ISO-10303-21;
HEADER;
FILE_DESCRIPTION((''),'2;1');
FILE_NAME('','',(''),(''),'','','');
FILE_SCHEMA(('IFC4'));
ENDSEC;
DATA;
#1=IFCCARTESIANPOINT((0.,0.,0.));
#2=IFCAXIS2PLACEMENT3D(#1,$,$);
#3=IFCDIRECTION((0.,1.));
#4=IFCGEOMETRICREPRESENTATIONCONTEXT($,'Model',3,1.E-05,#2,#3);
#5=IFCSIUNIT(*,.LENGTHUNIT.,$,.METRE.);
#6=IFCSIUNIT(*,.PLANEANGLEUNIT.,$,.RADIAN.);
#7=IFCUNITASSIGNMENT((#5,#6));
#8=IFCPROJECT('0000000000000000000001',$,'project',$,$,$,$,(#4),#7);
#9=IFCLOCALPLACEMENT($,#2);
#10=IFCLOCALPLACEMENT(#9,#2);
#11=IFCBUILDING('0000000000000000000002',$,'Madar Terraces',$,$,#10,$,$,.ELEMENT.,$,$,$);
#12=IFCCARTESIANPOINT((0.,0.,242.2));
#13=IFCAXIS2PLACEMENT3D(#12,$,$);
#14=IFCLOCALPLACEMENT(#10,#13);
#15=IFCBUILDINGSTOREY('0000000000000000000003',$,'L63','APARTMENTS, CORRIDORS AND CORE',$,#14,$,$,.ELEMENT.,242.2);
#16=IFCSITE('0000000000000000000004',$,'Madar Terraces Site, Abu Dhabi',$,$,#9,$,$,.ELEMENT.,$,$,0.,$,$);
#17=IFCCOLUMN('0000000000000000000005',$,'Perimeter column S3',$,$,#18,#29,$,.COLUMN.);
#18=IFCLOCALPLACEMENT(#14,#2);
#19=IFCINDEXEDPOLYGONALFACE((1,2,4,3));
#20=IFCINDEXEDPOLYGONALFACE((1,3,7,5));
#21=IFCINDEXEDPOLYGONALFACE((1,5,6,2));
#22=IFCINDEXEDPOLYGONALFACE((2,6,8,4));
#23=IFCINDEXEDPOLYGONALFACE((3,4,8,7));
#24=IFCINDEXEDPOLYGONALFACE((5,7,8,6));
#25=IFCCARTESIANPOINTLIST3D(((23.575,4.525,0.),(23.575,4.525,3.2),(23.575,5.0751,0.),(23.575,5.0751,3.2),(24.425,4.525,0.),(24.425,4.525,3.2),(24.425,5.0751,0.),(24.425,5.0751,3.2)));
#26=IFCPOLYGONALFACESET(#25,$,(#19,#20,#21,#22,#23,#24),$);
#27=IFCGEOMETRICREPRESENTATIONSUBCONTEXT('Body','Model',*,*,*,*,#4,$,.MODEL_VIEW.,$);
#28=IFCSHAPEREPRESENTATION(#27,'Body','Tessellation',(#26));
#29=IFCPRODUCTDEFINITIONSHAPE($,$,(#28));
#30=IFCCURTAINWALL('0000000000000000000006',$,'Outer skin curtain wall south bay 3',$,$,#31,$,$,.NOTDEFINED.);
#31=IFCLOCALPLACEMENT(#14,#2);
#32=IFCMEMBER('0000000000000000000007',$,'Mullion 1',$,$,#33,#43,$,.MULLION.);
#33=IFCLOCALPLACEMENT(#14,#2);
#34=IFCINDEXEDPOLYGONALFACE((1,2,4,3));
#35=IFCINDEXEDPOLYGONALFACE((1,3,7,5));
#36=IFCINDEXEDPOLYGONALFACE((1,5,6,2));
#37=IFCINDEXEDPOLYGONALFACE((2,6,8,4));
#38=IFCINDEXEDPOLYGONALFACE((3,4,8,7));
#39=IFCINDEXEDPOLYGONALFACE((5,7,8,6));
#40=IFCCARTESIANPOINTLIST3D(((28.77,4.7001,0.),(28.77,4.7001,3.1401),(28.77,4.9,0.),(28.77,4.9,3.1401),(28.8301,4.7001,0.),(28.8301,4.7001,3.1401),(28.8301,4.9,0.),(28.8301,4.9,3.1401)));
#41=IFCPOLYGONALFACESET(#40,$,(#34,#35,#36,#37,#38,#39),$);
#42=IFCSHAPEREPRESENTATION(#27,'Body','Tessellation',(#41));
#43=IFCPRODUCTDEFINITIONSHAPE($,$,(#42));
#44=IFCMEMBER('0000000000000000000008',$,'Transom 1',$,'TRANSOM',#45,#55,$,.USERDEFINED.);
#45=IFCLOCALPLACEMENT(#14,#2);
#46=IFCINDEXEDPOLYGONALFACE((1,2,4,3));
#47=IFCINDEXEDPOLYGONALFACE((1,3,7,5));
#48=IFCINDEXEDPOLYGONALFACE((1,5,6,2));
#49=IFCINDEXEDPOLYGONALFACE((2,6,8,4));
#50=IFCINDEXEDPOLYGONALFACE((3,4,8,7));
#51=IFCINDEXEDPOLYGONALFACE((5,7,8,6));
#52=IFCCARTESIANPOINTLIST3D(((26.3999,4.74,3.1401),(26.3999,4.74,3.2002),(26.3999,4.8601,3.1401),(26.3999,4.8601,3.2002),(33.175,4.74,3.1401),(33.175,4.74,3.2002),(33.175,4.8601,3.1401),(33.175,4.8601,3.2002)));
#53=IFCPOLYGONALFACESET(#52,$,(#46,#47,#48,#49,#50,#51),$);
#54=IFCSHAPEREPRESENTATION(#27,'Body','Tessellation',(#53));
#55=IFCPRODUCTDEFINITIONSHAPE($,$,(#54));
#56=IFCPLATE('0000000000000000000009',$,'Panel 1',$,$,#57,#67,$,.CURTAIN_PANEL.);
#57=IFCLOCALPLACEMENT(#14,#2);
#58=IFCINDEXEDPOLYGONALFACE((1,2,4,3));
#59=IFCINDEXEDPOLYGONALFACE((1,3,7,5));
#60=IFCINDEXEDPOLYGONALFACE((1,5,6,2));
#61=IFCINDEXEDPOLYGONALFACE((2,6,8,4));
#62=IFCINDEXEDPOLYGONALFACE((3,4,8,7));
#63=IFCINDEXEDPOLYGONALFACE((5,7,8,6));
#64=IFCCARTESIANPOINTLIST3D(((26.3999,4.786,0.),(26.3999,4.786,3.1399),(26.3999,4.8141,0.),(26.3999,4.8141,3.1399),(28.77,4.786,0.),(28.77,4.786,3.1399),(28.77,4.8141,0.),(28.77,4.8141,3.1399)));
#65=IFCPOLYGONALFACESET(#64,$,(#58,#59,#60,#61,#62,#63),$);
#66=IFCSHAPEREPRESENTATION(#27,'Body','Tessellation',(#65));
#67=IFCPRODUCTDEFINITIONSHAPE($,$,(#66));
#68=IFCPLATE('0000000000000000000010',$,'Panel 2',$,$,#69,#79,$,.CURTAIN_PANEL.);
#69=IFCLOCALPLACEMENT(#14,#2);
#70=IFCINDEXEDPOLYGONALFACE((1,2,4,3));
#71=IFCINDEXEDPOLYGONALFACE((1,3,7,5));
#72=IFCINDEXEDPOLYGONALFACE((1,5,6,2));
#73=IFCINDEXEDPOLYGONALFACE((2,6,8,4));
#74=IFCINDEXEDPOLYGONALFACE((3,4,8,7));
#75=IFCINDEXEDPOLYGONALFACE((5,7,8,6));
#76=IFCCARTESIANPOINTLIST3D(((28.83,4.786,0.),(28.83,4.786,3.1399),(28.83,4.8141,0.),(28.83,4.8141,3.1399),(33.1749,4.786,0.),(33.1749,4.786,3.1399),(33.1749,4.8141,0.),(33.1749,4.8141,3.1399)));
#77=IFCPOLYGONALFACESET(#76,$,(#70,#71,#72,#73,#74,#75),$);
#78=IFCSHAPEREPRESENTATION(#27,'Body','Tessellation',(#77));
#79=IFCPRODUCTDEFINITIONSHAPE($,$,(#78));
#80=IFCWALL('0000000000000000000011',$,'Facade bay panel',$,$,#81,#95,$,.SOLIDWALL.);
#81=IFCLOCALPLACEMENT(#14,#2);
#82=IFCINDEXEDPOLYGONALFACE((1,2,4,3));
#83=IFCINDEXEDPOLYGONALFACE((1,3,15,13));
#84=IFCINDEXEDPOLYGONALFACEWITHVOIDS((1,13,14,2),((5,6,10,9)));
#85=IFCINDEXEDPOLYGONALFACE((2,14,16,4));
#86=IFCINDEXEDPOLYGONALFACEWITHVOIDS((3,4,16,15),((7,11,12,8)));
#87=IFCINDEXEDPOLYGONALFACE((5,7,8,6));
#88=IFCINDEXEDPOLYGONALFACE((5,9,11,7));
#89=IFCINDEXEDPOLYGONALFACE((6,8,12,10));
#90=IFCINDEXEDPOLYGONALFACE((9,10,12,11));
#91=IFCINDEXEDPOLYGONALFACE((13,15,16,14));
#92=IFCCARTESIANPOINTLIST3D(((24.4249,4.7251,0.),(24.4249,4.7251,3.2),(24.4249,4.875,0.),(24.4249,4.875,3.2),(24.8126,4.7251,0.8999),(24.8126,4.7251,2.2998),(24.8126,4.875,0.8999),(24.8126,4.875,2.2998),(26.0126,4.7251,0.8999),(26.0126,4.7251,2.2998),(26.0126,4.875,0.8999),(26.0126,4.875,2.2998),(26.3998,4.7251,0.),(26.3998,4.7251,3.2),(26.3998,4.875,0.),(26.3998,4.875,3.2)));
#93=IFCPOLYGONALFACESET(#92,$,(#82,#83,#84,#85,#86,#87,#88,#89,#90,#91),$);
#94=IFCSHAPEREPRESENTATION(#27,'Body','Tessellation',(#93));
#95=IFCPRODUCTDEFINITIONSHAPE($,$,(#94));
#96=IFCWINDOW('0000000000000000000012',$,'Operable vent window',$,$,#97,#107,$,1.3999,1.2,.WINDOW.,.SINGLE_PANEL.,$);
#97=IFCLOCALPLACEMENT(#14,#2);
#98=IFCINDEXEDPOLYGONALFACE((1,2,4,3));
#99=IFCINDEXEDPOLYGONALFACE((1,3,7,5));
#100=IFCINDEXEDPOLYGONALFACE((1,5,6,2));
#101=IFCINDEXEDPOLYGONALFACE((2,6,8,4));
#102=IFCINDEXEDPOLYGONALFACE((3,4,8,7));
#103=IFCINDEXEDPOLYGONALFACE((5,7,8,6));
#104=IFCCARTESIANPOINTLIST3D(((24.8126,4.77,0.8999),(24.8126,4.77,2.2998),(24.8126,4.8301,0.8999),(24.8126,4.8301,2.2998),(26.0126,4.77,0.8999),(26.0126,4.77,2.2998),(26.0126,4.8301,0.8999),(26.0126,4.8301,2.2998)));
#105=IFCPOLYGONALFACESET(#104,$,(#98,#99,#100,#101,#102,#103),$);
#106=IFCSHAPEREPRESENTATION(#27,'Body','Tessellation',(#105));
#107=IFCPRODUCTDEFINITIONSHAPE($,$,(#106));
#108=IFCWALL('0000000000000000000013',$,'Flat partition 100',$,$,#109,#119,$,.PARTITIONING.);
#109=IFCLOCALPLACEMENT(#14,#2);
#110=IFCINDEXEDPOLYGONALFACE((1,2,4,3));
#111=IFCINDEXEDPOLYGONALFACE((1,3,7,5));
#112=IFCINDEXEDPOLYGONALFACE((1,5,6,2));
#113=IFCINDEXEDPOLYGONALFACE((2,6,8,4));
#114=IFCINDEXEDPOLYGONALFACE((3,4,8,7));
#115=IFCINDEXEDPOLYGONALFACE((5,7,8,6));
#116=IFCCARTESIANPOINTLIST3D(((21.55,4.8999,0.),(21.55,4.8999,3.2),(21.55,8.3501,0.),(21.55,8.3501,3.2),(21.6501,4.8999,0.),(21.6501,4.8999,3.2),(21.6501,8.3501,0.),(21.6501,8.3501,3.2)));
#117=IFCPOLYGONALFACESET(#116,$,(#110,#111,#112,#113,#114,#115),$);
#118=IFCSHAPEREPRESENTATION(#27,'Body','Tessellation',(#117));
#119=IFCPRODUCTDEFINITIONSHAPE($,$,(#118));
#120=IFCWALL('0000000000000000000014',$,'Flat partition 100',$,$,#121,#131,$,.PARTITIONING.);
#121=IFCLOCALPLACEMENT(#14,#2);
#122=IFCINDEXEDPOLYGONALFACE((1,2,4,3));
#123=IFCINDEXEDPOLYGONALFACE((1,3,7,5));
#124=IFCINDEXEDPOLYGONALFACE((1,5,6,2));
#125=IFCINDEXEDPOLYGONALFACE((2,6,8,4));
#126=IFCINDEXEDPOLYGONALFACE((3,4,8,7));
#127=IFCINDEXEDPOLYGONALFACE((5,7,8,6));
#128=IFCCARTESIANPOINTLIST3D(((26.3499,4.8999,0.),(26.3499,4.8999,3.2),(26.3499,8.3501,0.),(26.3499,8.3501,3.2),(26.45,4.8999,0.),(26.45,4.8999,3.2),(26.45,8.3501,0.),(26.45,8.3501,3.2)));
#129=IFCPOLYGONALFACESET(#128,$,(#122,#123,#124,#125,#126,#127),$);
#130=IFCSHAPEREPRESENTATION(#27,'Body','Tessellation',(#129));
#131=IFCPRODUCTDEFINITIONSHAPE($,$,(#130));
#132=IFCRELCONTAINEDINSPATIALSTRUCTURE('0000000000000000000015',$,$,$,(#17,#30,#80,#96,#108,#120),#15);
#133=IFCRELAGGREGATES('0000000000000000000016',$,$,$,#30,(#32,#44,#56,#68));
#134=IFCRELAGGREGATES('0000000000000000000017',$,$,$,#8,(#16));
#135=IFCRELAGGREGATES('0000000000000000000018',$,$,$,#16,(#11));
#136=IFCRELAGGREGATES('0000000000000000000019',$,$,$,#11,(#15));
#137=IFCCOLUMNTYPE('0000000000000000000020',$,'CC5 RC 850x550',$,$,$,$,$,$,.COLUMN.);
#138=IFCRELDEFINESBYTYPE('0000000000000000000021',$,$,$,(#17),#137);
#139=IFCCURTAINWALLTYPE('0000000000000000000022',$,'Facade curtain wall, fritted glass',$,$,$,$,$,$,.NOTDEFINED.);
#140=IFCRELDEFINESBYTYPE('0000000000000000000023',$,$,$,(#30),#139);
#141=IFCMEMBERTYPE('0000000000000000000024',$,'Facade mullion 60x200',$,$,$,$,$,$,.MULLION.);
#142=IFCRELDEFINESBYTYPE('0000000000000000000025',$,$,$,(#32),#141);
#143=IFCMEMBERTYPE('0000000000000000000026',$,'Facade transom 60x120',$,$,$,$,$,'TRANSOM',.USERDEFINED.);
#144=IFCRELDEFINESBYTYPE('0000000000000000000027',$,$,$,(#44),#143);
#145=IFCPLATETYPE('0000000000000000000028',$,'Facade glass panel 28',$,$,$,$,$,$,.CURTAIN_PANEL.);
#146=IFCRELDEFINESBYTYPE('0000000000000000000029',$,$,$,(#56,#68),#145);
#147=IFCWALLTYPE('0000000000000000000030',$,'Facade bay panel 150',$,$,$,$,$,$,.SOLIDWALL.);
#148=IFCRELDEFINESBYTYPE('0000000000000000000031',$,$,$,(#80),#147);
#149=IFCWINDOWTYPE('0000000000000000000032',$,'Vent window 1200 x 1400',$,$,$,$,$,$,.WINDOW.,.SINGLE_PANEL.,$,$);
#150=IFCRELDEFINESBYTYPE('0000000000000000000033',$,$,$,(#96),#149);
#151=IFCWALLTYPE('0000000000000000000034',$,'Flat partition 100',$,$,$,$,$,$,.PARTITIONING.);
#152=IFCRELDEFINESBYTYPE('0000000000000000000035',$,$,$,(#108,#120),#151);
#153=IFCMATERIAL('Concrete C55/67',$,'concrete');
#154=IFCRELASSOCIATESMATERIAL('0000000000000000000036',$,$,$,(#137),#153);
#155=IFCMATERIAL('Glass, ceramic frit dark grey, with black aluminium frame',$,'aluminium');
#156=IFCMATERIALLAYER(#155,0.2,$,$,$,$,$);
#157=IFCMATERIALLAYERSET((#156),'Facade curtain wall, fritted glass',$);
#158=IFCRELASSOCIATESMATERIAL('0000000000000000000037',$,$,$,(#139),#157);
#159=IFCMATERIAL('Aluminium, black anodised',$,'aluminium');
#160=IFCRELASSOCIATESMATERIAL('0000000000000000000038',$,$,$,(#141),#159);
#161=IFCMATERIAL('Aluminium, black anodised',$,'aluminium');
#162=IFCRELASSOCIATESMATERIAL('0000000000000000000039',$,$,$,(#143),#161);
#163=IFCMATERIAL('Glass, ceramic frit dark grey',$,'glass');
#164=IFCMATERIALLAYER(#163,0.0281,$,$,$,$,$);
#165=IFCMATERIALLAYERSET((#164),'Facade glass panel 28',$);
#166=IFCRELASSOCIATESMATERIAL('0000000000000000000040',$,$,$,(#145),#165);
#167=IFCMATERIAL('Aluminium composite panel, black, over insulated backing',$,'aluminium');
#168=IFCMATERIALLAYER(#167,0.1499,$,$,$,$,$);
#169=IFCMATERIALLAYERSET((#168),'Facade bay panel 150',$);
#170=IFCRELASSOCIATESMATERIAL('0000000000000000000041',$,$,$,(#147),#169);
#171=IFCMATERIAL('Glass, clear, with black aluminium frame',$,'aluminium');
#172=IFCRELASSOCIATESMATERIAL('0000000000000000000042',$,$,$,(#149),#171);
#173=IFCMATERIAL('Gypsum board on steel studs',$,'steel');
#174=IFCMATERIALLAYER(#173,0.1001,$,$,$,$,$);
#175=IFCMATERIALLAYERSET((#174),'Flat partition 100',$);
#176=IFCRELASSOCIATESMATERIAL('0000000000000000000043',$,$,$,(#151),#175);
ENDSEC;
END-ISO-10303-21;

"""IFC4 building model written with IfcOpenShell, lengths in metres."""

from ifc_helpers import new_model, si_unit, direction, frame, frame_2d, origin, origin_2d, place, context, subcontext, project, spatial, rectangle, extrude, material, layer, layer_set, material_profile, profile_set, type_object, element, fill, aggregate, save


model = new_model("IFC4")

# Units and contexts
model_context = context("Model", 3, precision=1e-05, world=origin(), true_north=direction((0.0, 1.0)))
body_context = subcontext(model_context, "Body", "Model", "MODEL_VIEW")
ifc_project = project(units=[si_unit("LENGTHUNIT", "METRE"), si_unit("PLANEANGLEUNIT", "RADIAN")], contexts=[model_context])

# Site, building, storey
site_placement = place(None, origin())
site = spatial("IfcSite", under=ifc_project, at=site_placement, Name="Madar Terraces Site, Abu Dhabi", CompositionType="ELEMENT", RefElevation=0.0)
building_placement = place(site_placement, origin())
building = spatial("IfcBuilding", under=site, at=building_placement, Name="Madar Terraces", CompositionType="ELEMENT")
storey_placement = place(building_placement, frame((0.0, 0.0, 242.2)))
storey = spatial("IfcBuildingStorey", under=building, at=storey_placement, Name="L63", Description="APARTMENTS, CORRIDORS AND CORE", CompositionType="ELEMENT", Elevation=242.2)

# Column
ifc_material_1 = material(Name="Concrete C55/67", Category="concrete")
ifc_material_profile_1 = material_profile(ifc_material_1, rectangle(XDim=0.8501, YDim=0.55, at=origin_2d()), Name="CC5 RC 850x550")
ifc_profile_set_1 = profile_set([ifc_material_profile_1], Name="Concrete C55/67")
column_type = type_object("IfcColumnType", Name="CC5 RC 850x550", PredefinedType="COLUMN", material=ifc_profile_set_1)
column_placement = place(storey_placement, frame((24.0, 4.8, 0.0), z_axis=(0.0, 0.0, 1.0), x_axis=(1.0, 0.0, 0.0)))
element("IfcColumn", 1, at=column_placement, inside=storey, type_object=column_type, Name="Perimeter column S3", PredefinedType="COLUMN", context=body_context, shape_type="SweptSolid", body=[
    extrude(rectangle(XDim=0.8501, YDim=0.55, at=origin_2d()), origin(), (0.0, 0.0, 1.0), 3.2),
])

# Curtain wall, members, plates
ifc_material_2 = material(Name="Glass, ceramic frit dark grey, with black aluminium frame", Category="aluminium")
ifc_layer_1 = layer(ifc_material_2, 0.2)
ifc_layer_set_1 = layer_set([ifc_layer_1], Name="Facade curtain wall, fritted glass")
curtain_wall_type = type_object("IfcCurtainWallType", Name="Facade curtain wall, fritted glass", PredefinedType="NOTDEFINED", material=ifc_layer_set_1)
curtain_wall_placement = place(storey_placement, origin())
curtain_wall = element("IfcCurtainWall", 2, at=curtain_wall_placement, inside=storey, type_object=curtain_wall_type, Name="Outer skin curtain wall south bay 3", PredefinedType="NOTDEFINED")
ifc_material_3 = material(Name="Aluminium, black anodised", Category="aluminium")
ifc_material_profile_2 = material_profile(ifc_material_3, rectangle(XDim=0.2, YDim=0.0601, at=origin_2d()), Name="Facade mullion 60x200")
ifc_profile_set_2 = profile_set([ifc_material_profile_2], Name="Aluminium, black anodised")
member_type_1 = type_object("IfcMemberType", Name="Facade mullion 60x200", PredefinedType="MULLION", material=ifc_profile_set_2)
member_1_placement = place(storey_placement, frame((28.8, 4.8, 0.0), z_axis=(0.0, 0.0, 1.0), x_axis=(0.0, 1.0, 0.0)))
member_1 = element("IfcMember", 3, at=member_1_placement, type_object=member_type_1, Name="Mullion 1", PredefinedType="MULLION", context=body_context, shape_type="SweptSolid", body=[
    extrude(rectangle(XDim=0.2, YDim=0.0601, at=origin_2d()), origin(), (0.0, 0.0, 1.0), 3.1401),
])
ifc_material_4 = material(Name="Aluminium, black anodised", Category="aluminium")
ifc_material_profile_3 = material_profile(ifc_material_4, rectangle(XDim=0.1201, YDim=0.0601, at=origin_2d()), Name="Facade transom 60x120")
ifc_profile_set_3 = profile_set([ifc_material_profile_3], Name="Aluminium, black anodised")
member_type_2 = type_object("IfcMemberType", Name="Facade transom 60x120", ElementType="TRANSOM", PredefinedType="USERDEFINED", material=ifc_profile_set_3)
member_2_placement = place(storey_placement, frame((26.3999, 4.8, 3.1702), z_axis=(1.0, 0.0, 0.0), x_axis=(0.0, 1.0, 0.0)))
member_2 = element("IfcMember", 4, at=member_2_placement, type_object=member_type_2, Name="Transom 1", ObjectType="TRANSOM", PredefinedType="USERDEFINED", context=body_context, shape_type="SweptSolid", body=[
    extrude(rectangle(XDim=0.1201, YDim=0.0601, at=origin_2d()), origin(), (0.0, 0.0, 1.0), 6.7751),
])
ifc_material_5 = material(Name="Glass, ceramic frit dark grey", Category="glass")
ifc_layer_2 = layer(ifc_material_5, 0.0281)
ifc_layer_set_2 = layer_set([ifc_layer_2], Name="Facade glass panel 28")
plate_type = type_object("IfcPlateType", Name="Facade glass panel 28", PredefinedType="CURTAIN_PANEL", material=ifc_layer_set_2)
plate_1_placement = place(storey_placement, frame((27.585, 4.8, 0.0), z_axis=(0.0, 0.0, 1.0), x_axis=(1.0, 0.0, 0.0)))
plate_1 = element("IfcPlate", 5, at=plate_1_placement, type_object=plate_type, Name="Panel 1", PredefinedType="CURTAIN_PANEL", context=body_context, shape_type="SweptSolid", body=[
    extrude(rectangle(XDim=2.3701, YDim=0.0281, at=origin_2d()), origin(), (0.0, 0.0, 1.0), 3.1399),
])
plate_2_placement = place(storey_placement, frame((31.0024, 4.8, 0.0), z_axis=(0.0, 0.0, 1.0), x_axis=(1.0, 0.0, 0.0)))
plate_2 = element("IfcPlate", 6, at=plate_2_placement, type_object=plate_type, Name="Panel 2", PredefinedType="CURTAIN_PANEL", context=body_context, shape_type="SweptSolid", body=[
    extrude(rectangle(XDim=4.345, YDim=0.0281, at=origin_2d()), origin(), (0.0, 0.0, 1.0), 3.1399),
])
aggregate(curtain_wall, [member_1, member_2, plate_1, plate_2])

# Wall, opening, window
ifc_material_6 = material(Name="Aluminium composite panel, black, over insulated backing", Category="aluminium")
ifc_layer_3 = layer(ifc_material_6, 0.1499)
ifc_layer_set_3 = layer_set([ifc_layer_3], Name="Facade bay panel 150")
wall_type_1 = type_object("IfcWallType", Name="Facade bay panel 150", PredefinedType="SOLIDWALL", material=ifc_layer_set_3)
wall_1_placement = place(storey_placement, frame((24.425, 4.8, 0.0), z_axis=(0.0, 0.0, 1.0), x_axis=(1.0, 0.0, 0.0)))
wall_1 = element("IfcWall", 7, at=wall_1_placement, inside=storey, type_object=wall_type_1, Name="Facade bay panel", PredefinedType="SOLIDWALL", context=body_context, shape_type="SweptSolid", body=[
    extrude(rectangle(XDim=1.9749, YDim=0.1499, at=frame_2d((0.9873, 0.0))), origin(), (0.0, 0.0, 1.0), 3.2),
])
opening_1_placement = place(wall_1_placement, frame((0.3875, 0.0, 0.8999)))
opening_1 = element("IfcOpeningElement", 8, at=opening_1_placement, cuts=wall_1, PredefinedType="OPENING", context=body_context, shape_type="SweptSolid", body=[
    extrude(rectangle(XDim=1.2, YDim=1.3999, at=frame_2d((0.6001, 0.7))), frame((0.0, 0.085, 0.0), z_axis=(0.0, -1.0, 0.0), x_axis=(1.0, 0.0, 0.0)), (0.0, 0.0, 1.0), 0.1699),
])
ifc_material_7 = material(Name="Glass, clear, with black aluminium frame", Category="aluminium")
window_type = type_object("IfcWindowType", Name="Vent window 1200 x 1400", PartitioningType="SINGLE_PANEL", PredefinedType="WINDOW", material=ifc_material_7)
window_placement = place(opening_1_placement, origin())
window = element("IfcWindow", 9, at=window_placement, inside=storey, type_object=window_type, Name="Operable vent window", OverallHeight=1.3999, OverallWidth=1.2, PartitioningType="SINGLE_PANEL", PredefinedType="WINDOW", context=body_context, shape_type="SweptSolid", body=[
    extrude(rectangle(XDim=1.2, YDim=1.3999, at=frame_2d((0.6001, 0.7))), frame((0.0, 0.03, 0.0), z_axis=(0.0, -1.0, 0.0), x_axis=(1.0, 0.0, 0.0)), (0.0, 0.0, 1.0), 0.0601),
])
fill(opening_1, window)

# Walls
ifc_material_8 = material(Name="Gypsum board on steel studs", Category="steel")
ifc_layer_4 = layer(ifc_material_8, 0.1001)
ifc_layer_set_4 = layer_set([ifc_layer_4], Name="Flat partition 100")
wall_type_2 = type_object("IfcWallType", Name="Flat partition 100", PredefinedType="PARTITIONING", material=ifc_layer_set_4)
for number, where, z_axis, x_axis, name in (
    (10, (21.6001, 8.3501, 0.0), (0.0, 0.0, 1.0), (0.0, -1.0, 0.0), "Flat partition 100"),
    (11, (26.3999, 8.3501, 0.0), (0.0, 0.0, 1.0), (0.0, -1.0, 0.0), "Flat partition 100"),
):
    element("IfcWall", number, at=place(storey_placement, frame(where, z_axis=z_axis, x_axis=x_axis)), inside=storey, type_object=wall_type_2, Name=name, PredefinedType="PARTITIONING", context=body_context, shape_type="SweptSolid", body=[
        extrude(rectangle(XDim=3.4502, YDim=0.1001, at=frame_2d((1.7251, 0.0))), origin(), (0.0, 0.0, 1.0), 3.2),
    ])

save(model, "model.ifc")
